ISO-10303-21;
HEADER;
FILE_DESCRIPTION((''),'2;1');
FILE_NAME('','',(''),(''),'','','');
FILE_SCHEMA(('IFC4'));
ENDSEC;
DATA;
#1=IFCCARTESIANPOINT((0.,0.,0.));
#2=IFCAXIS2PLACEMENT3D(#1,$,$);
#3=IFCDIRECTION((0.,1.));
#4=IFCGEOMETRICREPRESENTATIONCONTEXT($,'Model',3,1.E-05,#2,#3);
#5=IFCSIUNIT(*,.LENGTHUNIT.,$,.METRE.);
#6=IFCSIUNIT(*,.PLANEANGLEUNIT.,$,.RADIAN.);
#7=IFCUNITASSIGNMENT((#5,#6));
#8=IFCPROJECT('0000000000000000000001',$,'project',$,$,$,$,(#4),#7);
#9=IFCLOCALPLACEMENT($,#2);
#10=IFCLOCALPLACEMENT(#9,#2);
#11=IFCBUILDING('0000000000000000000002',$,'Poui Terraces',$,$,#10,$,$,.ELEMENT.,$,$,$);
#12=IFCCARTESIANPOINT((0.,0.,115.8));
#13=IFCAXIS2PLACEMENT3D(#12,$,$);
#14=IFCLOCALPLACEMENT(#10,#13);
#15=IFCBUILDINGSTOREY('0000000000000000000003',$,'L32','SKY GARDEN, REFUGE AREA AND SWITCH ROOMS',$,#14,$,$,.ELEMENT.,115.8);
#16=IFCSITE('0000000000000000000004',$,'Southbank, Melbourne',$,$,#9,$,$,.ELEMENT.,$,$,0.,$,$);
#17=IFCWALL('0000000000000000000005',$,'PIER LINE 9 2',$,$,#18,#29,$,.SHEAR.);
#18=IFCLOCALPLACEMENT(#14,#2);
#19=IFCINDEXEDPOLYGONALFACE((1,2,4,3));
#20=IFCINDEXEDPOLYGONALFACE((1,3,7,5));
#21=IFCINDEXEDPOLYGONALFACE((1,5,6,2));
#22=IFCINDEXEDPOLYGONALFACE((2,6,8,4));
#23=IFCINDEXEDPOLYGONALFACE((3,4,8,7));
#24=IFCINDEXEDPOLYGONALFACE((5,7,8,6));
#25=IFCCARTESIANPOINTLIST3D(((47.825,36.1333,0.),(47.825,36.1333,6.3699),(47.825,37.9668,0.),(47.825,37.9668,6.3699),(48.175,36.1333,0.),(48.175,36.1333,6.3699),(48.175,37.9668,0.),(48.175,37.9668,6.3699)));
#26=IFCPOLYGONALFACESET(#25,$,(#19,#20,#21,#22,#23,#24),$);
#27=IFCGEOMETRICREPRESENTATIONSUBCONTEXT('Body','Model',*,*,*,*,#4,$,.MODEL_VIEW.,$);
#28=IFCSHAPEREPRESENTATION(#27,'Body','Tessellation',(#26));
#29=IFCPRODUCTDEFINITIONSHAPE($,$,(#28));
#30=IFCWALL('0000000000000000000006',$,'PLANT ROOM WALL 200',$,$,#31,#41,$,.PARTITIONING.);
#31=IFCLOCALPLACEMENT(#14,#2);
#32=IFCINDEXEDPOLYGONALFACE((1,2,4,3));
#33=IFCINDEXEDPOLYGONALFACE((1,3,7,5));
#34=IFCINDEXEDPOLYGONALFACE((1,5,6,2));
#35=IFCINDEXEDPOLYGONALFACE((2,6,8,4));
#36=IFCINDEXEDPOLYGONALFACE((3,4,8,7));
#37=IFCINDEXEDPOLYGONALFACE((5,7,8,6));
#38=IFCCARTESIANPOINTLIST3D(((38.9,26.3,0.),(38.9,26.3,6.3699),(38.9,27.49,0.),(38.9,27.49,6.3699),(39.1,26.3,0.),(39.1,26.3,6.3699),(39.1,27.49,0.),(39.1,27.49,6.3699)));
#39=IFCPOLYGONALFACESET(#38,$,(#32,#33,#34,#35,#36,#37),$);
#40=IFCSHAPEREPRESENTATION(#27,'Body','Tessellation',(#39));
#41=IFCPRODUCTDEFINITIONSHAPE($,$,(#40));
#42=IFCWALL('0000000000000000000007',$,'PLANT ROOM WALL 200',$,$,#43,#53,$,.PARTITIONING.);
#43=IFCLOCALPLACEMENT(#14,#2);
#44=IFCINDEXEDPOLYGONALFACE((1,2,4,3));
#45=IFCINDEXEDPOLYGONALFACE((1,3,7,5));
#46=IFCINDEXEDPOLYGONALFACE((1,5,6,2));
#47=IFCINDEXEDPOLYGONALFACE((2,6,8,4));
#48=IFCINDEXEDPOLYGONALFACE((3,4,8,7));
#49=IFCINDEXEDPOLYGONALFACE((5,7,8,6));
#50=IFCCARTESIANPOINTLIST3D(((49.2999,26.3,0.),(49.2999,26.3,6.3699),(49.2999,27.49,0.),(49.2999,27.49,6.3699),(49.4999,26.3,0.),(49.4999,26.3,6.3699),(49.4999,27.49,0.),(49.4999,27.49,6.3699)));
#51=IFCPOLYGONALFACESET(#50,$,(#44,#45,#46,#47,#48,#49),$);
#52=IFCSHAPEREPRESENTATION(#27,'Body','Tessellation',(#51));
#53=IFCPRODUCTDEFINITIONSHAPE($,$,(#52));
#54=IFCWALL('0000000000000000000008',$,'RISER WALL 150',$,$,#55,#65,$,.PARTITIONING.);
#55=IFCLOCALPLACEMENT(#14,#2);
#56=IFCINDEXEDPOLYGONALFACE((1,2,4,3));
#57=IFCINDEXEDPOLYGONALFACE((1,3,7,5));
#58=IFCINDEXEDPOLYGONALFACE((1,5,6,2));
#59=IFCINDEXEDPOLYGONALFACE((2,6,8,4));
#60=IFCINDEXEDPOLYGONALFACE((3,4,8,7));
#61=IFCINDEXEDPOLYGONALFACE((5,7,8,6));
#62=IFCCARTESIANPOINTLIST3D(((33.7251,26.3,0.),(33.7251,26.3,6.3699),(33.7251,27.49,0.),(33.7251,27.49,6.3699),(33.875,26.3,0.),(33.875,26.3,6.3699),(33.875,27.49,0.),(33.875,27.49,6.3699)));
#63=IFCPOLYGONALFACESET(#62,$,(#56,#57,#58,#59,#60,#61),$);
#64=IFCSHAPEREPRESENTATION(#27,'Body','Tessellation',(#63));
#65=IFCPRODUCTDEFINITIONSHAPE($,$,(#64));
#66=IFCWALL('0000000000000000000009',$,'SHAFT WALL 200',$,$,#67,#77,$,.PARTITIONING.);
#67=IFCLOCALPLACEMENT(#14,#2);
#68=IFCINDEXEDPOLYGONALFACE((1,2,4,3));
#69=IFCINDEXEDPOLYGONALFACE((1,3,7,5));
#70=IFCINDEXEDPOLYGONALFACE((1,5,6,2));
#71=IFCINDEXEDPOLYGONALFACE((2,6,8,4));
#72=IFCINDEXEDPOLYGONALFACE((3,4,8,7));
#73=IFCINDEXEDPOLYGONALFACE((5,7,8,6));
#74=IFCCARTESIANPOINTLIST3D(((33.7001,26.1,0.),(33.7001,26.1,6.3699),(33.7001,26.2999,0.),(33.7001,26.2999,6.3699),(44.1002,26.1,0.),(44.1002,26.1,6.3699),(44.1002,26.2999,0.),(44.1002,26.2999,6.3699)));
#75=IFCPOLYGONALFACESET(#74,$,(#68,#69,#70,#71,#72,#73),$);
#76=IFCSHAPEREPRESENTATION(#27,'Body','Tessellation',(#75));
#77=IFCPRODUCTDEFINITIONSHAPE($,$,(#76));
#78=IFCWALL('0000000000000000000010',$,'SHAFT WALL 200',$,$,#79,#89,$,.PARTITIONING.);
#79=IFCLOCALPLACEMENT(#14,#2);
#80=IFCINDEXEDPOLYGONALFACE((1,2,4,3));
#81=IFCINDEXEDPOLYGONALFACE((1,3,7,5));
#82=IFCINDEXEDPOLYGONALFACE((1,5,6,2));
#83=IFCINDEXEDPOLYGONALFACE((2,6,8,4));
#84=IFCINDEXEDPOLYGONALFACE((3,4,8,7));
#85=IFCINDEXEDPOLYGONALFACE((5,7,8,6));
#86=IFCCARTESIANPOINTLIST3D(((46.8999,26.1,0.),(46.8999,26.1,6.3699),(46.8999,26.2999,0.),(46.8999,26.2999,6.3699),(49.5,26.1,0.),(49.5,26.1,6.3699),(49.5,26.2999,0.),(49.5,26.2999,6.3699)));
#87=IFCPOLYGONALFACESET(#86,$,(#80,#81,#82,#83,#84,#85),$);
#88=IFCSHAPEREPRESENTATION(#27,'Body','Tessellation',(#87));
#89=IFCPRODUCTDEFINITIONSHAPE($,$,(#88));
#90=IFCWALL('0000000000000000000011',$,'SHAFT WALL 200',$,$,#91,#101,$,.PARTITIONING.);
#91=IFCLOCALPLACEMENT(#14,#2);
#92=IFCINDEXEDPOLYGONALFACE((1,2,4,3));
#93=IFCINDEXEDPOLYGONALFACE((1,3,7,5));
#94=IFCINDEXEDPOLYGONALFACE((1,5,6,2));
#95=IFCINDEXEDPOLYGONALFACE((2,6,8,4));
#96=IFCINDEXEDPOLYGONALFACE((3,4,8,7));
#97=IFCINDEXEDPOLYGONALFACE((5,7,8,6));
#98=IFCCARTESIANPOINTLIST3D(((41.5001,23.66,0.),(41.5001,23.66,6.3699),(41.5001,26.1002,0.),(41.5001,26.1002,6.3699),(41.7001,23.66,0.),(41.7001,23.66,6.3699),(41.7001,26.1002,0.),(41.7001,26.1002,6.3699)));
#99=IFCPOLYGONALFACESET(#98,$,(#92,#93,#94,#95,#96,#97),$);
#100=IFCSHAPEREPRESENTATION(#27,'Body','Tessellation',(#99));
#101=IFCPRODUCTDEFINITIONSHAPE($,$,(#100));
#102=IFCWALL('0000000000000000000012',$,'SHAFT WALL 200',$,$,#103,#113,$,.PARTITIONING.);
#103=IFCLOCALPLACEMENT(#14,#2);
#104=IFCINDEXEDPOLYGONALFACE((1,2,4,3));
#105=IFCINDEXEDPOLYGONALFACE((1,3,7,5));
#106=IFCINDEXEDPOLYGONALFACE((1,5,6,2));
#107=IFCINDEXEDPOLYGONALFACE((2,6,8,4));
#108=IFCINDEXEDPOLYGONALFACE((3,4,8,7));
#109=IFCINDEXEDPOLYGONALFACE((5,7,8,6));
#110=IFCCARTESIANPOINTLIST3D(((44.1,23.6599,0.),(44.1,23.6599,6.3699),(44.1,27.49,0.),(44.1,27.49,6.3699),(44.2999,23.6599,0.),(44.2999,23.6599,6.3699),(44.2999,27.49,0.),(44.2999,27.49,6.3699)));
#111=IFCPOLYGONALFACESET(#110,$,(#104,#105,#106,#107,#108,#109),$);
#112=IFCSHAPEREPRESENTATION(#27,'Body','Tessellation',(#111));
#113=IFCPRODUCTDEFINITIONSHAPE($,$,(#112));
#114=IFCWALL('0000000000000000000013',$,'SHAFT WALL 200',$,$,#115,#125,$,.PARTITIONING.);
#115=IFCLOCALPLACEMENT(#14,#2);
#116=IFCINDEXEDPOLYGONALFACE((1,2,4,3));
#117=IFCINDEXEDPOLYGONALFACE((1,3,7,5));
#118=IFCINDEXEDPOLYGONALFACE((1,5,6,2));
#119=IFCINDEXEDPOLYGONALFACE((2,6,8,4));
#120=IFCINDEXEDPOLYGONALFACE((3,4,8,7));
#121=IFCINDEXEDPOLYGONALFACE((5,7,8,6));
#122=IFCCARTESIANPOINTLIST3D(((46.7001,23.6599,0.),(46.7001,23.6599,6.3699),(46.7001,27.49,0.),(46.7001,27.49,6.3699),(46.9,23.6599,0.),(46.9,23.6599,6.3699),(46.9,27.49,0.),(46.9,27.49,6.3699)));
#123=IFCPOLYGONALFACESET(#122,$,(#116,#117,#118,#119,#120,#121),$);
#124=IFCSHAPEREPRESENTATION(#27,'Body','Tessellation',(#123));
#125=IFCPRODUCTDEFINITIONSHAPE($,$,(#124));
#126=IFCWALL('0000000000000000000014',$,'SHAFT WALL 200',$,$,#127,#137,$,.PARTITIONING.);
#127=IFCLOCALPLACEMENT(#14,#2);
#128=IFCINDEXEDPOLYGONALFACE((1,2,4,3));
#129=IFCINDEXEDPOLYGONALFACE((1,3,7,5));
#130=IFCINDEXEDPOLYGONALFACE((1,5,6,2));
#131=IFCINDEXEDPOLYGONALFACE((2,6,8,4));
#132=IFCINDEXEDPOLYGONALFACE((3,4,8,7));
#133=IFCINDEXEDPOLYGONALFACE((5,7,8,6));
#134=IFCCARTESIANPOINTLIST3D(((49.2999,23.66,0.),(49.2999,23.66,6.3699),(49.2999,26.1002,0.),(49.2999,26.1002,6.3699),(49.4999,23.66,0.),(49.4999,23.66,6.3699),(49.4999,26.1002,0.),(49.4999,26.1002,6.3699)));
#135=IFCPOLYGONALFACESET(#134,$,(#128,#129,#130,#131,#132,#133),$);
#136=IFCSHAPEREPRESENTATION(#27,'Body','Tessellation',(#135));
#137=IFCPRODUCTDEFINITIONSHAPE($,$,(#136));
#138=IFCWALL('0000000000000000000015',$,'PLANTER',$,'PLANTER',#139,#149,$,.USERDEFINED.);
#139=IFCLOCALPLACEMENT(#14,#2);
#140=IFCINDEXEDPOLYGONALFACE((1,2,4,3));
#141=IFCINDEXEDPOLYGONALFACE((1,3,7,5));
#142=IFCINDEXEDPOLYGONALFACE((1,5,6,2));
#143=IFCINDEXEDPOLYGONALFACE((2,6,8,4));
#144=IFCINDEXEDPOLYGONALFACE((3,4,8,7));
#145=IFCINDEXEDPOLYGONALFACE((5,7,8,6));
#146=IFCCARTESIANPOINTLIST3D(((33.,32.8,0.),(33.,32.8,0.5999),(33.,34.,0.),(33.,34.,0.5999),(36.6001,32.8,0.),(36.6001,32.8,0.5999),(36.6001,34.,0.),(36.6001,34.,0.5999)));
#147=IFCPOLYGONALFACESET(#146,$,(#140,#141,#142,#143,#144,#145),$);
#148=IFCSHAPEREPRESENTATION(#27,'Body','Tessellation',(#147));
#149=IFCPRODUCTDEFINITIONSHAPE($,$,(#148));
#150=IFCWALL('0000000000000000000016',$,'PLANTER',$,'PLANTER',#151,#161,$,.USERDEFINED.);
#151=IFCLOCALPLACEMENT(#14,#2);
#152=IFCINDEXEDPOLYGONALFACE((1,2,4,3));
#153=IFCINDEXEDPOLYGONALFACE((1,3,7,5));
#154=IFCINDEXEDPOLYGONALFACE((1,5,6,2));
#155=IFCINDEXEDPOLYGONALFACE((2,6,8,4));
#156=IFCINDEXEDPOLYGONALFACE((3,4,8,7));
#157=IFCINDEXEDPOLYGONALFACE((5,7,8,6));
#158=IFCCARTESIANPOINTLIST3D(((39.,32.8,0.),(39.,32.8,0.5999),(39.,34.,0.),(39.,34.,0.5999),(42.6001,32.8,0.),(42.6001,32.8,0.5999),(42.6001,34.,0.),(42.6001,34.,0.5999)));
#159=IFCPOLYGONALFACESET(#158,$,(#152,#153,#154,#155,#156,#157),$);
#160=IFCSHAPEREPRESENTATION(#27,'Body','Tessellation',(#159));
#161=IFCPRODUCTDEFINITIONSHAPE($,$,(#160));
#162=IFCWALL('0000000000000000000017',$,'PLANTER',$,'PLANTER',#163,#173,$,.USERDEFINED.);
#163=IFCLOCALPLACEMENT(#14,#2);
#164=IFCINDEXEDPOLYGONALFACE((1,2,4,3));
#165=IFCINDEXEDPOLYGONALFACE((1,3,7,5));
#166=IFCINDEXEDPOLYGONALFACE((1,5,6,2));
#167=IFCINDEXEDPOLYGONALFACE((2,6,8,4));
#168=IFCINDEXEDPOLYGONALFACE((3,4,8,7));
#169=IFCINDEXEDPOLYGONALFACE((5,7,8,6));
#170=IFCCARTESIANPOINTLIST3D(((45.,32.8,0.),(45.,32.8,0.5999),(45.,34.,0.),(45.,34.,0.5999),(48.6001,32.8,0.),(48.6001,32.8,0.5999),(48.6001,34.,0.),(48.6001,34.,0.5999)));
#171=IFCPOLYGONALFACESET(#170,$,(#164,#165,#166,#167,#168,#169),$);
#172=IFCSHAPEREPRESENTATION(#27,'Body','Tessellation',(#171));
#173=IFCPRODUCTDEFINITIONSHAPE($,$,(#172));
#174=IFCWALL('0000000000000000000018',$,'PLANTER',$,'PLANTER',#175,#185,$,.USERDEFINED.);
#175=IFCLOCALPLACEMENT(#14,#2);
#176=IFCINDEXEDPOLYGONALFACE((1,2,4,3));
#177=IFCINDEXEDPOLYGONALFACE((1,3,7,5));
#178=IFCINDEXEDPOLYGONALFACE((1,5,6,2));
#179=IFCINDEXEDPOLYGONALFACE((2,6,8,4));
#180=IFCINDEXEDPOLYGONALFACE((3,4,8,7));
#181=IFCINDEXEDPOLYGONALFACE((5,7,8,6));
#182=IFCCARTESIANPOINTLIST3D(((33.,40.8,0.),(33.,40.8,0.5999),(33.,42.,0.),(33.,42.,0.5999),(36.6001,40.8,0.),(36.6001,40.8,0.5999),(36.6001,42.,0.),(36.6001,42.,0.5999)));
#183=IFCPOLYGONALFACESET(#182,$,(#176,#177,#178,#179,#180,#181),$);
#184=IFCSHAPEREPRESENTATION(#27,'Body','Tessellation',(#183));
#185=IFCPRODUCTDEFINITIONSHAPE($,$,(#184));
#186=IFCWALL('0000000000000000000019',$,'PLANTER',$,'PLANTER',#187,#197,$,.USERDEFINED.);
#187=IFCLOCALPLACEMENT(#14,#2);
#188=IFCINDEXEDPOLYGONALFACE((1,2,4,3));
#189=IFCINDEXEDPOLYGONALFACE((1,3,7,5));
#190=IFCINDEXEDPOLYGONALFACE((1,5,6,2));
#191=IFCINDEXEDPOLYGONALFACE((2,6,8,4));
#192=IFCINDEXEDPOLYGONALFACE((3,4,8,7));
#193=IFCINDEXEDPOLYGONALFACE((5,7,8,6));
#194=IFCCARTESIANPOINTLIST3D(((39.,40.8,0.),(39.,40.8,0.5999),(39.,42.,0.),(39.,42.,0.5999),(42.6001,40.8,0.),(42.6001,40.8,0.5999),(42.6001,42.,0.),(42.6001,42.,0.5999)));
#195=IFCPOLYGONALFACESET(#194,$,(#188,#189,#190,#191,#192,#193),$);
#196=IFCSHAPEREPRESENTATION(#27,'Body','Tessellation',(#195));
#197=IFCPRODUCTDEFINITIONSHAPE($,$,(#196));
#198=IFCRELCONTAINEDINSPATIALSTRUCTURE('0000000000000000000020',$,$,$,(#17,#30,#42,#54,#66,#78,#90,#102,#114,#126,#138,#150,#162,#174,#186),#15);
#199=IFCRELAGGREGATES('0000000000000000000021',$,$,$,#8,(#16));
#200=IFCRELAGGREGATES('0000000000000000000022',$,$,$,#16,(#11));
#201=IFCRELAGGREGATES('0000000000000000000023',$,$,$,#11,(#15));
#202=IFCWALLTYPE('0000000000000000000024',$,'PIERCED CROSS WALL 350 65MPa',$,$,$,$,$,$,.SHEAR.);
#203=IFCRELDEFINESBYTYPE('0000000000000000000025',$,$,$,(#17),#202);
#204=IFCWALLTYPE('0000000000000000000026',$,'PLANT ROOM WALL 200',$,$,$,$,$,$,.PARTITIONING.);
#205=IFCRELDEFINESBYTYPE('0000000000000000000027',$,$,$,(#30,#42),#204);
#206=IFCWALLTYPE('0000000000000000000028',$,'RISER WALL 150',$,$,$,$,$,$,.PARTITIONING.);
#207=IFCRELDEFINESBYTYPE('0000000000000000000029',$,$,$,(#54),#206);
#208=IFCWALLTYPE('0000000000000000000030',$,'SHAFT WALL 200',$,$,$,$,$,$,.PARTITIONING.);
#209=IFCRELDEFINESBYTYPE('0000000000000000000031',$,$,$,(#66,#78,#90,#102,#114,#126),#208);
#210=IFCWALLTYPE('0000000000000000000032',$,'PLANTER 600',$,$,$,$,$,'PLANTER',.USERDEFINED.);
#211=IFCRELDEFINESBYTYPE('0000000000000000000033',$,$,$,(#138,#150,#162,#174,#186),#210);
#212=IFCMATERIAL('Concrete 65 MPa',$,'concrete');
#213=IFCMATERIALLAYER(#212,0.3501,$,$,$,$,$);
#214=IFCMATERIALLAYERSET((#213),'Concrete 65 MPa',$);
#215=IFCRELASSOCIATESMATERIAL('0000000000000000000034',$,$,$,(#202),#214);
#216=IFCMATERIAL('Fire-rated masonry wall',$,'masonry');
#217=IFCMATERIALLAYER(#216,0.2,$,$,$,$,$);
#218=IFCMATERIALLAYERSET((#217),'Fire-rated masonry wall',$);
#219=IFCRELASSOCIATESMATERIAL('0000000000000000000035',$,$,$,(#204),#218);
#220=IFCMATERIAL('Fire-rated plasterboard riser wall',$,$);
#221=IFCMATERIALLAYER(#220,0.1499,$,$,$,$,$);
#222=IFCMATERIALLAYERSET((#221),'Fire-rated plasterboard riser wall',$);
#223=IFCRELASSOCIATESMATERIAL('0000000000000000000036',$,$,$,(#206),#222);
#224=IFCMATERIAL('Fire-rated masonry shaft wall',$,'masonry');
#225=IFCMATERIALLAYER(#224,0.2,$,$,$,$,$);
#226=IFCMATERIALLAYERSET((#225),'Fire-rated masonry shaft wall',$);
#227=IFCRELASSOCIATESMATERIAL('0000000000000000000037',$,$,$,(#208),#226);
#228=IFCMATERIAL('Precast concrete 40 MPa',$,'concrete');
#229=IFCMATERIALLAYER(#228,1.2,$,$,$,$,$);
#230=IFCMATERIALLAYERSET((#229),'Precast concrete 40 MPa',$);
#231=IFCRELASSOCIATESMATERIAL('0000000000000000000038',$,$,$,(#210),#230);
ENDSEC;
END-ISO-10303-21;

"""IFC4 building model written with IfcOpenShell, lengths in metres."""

from ifc_helpers import new_model, si_unit, direction, frame, frame_2d, origin, place, context, subcontext, project, spatial, polyline, rectangle, outline, extrude, source, transform, mapped, material, layer, layer_set, type_object, element, save


model = new_model("IFC4")

# Units and contexts
model_context = context("Model", 3, precision=1e-05, world=origin(), true_north=direction((0.0, 1.0)))
body_context = subcontext(model_context, "Body", "Model", "MODEL_VIEW")
ifc_project = project(units=[si_unit("LENGTHUNIT", "METRE"), si_unit("PLANEANGLEUNIT", "RADIAN")], contexts=[model_context])

# Site, building, storey
site_placement = place(None, origin())
site = spatial("IfcSite", under=ifc_project, at=site_placement, Name="Southbank, Melbourne", CompositionType="ELEMENT", RefElevation=0.0)
building_placement = place(site_placement, origin())
building = spatial("IfcBuilding", under=site, at=building_placement, Name="Poui Terraces", CompositionType="ELEMENT")
storey_placement = place(building_placement, frame((0.0, 0.0, 115.8)))
storey = spatial("IfcBuildingStorey", under=building, at=storey_placement, Name="L32", Description="SKY GARDEN, REFUGE AREA AND SWITCH ROOMS", CompositionType="ELEMENT", Elevation=115.8)

# Shared definitions
ifc_material_1 = material(Name="Concrete 65 MPa", Category="concrete")

# Walls
ifc_layer_1 = layer(ifc_material_1, 0.3501)
ifc_layer_set_1 = layer_set([ifc_layer_1], Name="Concrete 65 MPa")
wall_type_1 = type_object("IfcWallType", Name="PIERCED CROSS WALL 350 65MPa", PredefinedType="SHEAR", material=ifc_layer_set_1)
wall_1_placement = place(storey_placement, frame((48.0, 36.1333, 0.0), z_axis=(0.0, 0.0, 1.0), x_axis=(0.0, 1.0, 0.0)))
element("IfcWall", 1, at=wall_1_placement, inside=storey, type_object=wall_type_1, Name="PIER LINE 9 2", PredefinedType="SHEAR", context=body_context, shape_type="SweptSolid", body=[
    extrude(rectangle(XDim=1.8335, YDim=0.3501, at=frame_2d((0.9167, 0.0))), origin(), (0.0, 0.0, 1.0), 6.3699),
])
ifc_material_2 = material(Name="Fire-rated masonry wall", Category="masonry")
ifc_layer_2 = layer(ifc_material_2, 0.2)
ifc_layer_set_2 = layer_set([ifc_layer_2], Name="Fire-rated masonry wall")
wall_type_2 = type_object("IfcWallType", Name="PLANT ROOM WALL 200", PredefinedType="PARTITIONING", material=ifc_layer_set_2)
for number, where, z_axis, x_axis, name in (
    (2, (39.0, 26.3, 0.0), (0.0, 0.0, 1.0), (0.0, 1.0, 0.0), "PLANT ROOM WALL 200"),
    (3, (49.3999, 26.3, 0.0), (0.0, 0.0, 1.0), (0.0, 1.0, 0.0), "PLANT ROOM WALL 200"),
):
    element("IfcWall", number, at=place(storey_placement, frame(where, z_axis=z_axis, x_axis=x_axis)), inside=storey, type_object=wall_type_2, Name=name, PredefinedType="PARTITIONING", context=body_context, shape_type="SweptSolid", body=[
        extrude(rectangle(XDim=1.1899, YDim=0.2, at=frame_2d((0.595, 0.0))), origin(), (0.0, 0.0, 1.0), 6.3699),
    ])
ifc_material_3 = material(Name="Fire-rated plasterboard riser wall")
ifc_layer_3 = layer(ifc_material_3, 0.1499)
ifc_layer_set_3 = layer_set([ifc_layer_3], Name="Fire-rated plasterboard riser wall")
wall_type_3 = type_object("IfcWallType", Name="RISER WALL 150", PredefinedType="PARTITIONING", material=ifc_layer_set_3)
wall_2_placement = place(storey_placement, frame((33.8, 26.3, 0.0), z_axis=(0.0, 0.0, 1.0), x_axis=(0.0, 1.0, 0.0)))
element("IfcWall", 4, at=wall_2_placement, inside=storey, type_object=wall_type_3, Name="RISER WALL 150", PredefinedType="PARTITIONING", context=body_context, shape_type="SweptSolid", body=[
    extrude(rectangle(XDim=1.1899, YDim=0.1499, at=frame_2d((0.595, 0.0))), origin(), (0.0, 0.0, 1.0), 6.3699),
])
ifc_material_4 = material(Name="Fire-rated masonry shaft wall", Category="masonry")
ifc_layer_4 = layer(ifc_material_4, 0.2)
ifc_layer_set_4 = layer_set([ifc_layer_4], Name="Fire-rated masonry shaft wall")
wall_type_4 = type_object("IfcWallType", Name="SHAFT WALL 200", PredefinedType="PARTITIONING", material=ifc_layer_set_4)
wall_3_placement = place(storey_placement, frame((33.7, 26.2, 0.0), z_axis=(0.0, 0.0, 1.0), x_axis=(1.0, 0.0, 0.0)))
element("IfcWall", 5, at=wall_3_placement, inside=storey, type_object=wall_type_4, Name="SHAFT WALL 200", PredefinedType="PARTITIONING", context=body_context, shape_type="SweptSolid", body=[
    extrude(rectangle(XDim=10.4001, YDim=0.2, at=frame_2d((5.2002, 0.0))), origin(), (0.0, 0.0, 1.0), 6.3699),
])
wall_4_placement = place(storey_placement, frame((46.8999, 26.2, 0.0), z_axis=(0.0, 0.0, 1.0), x_axis=(1.0, 0.0, 0.0)))
element("IfcWall", 6, at=wall_4_placement, inside=storey, type_object=wall_type_4, Name="SHAFT WALL 200", PredefinedType="PARTITIONING", context=body_context, shape_type="SweptSolid", body=[
    extrude(rectangle(XDim=2.6001, YDim=0.2, at=frame_2d((1.3, 0.0))), origin(), (0.0, 0.0, 1.0), 6.3699),
])
wall_5_placement = place(storey_placement, frame((41.6001, 23.6599, 0.0), z_axis=(0.0, 0.0, 1.0), x_axis=(0.0, 1.0, 0.0)))
element("IfcWall", 7, at=wall_5_placement, inside=storey, type_object=wall_type_4, Name="SHAFT WALL 200", PredefinedType="PARTITIONING", context=body_context, shape_type="SweptSolid", body=[
    extrude(rectangle(XDim=2.4402, YDim=0.2, at=frame_2d((1.2202, 0.0))), origin(), (0.0, 0.0, 1.0), 6.3699),
])
for number, where, z_axis, x_axis, name in (
    (8, (44.2, 23.6599, 0.0), (0.0, 0.0, 1.0), (0.0, 1.0, 0.0), "SHAFT WALL 200"),
    (9, (46.8, 23.6599, 0.0), (0.0, 0.0, 1.0), (0.0, 1.0, 0.0), "SHAFT WALL 200"),
):
    element("IfcWall", number, at=place(storey_placement, frame(where, z_axis=z_axis, x_axis=x_axis)), inside=storey, type_object=wall_type_4, Name=name, PredefinedType="PARTITIONING", context=body_context, shape_type="SweptSolid", body=[
        extrude(rectangle(XDim=3.8301, YDim=0.2, at=frame_2d((1.915, 0.0))), origin(), (0.0, 0.0, 1.0), 6.3699),
    ])
wall_6_placement = place(storey_placement, frame((49.3999, 23.6599, 0.0), z_axis=(0.0, 0.0, 1.0), x_axis=(0.0, 1.0, 0.0)))
element("IfcWall", 10, at=wall_6_placement, inside=storey, type_object=wall_type_4, Name="SHAFT WALL 200", PredefinedType="PARTITIONING", context=body_context, shape_type="SweptSolid", body=[
    extrude(rectangle(XDim=2.4402, YDim=0.2, at=frame_2d((1.2202, 0.0))), origin(), (0.0, 0.0, 1.0), 6.3699),
])
ifc_material_5 = material(Name="Precast concrete 40 MPa", Category="concrete")
ifc_layer_5 = layer(ifc_material_5, 1.2)
ifc_layer_set_5 = layer_set([ifc_layer_5], Name="Precast concrete 40 MPa")
wall_type_5 = type_object("IfcWallType", Name="PLANTER 600", ElementType="PLANTER", PredefinedType="USERDEFINED", material=ifc_layer_set_5)
shared_shape_1 = source(origin(), body_context, "Body", "SweptSolid", [
    extrude(outline(polyline([(0.0, 0.0), (3.6001, 0.0), (3.6001, 1.2), (0.0, 1.2), (0.0, 0.0)])), origin(), (0.0, 0.0, 1.0), 0.5999),
])
for number, where, name in (
    (11, (33.0, 32.8, 0.0), "PLANTER"),
    (12, (39.0, 32.8, 0.0), "PLANTER"),
    (13, (45.0, 32.8, 0.0), "PLANTER"),
    (14, (33.0, 40.8, 0.0), "PLANTER"),
    (15, (39.0, 40.8, 0.0), "PLANTER"),
):
    element("IfcWall", number, at=place(storey_placement, frame(where)), inside=storey, type_object=wall_type_5, Name=name, ObjectType="PLANTER", PredefinedType="USERDEFINED", context=body_context, shape_type="MappedRepresentation", body=[
        mapped(shared_shape_1, transform((0.0, 0.0, 0.0))),
    ])

save(model, "model.ifc")
